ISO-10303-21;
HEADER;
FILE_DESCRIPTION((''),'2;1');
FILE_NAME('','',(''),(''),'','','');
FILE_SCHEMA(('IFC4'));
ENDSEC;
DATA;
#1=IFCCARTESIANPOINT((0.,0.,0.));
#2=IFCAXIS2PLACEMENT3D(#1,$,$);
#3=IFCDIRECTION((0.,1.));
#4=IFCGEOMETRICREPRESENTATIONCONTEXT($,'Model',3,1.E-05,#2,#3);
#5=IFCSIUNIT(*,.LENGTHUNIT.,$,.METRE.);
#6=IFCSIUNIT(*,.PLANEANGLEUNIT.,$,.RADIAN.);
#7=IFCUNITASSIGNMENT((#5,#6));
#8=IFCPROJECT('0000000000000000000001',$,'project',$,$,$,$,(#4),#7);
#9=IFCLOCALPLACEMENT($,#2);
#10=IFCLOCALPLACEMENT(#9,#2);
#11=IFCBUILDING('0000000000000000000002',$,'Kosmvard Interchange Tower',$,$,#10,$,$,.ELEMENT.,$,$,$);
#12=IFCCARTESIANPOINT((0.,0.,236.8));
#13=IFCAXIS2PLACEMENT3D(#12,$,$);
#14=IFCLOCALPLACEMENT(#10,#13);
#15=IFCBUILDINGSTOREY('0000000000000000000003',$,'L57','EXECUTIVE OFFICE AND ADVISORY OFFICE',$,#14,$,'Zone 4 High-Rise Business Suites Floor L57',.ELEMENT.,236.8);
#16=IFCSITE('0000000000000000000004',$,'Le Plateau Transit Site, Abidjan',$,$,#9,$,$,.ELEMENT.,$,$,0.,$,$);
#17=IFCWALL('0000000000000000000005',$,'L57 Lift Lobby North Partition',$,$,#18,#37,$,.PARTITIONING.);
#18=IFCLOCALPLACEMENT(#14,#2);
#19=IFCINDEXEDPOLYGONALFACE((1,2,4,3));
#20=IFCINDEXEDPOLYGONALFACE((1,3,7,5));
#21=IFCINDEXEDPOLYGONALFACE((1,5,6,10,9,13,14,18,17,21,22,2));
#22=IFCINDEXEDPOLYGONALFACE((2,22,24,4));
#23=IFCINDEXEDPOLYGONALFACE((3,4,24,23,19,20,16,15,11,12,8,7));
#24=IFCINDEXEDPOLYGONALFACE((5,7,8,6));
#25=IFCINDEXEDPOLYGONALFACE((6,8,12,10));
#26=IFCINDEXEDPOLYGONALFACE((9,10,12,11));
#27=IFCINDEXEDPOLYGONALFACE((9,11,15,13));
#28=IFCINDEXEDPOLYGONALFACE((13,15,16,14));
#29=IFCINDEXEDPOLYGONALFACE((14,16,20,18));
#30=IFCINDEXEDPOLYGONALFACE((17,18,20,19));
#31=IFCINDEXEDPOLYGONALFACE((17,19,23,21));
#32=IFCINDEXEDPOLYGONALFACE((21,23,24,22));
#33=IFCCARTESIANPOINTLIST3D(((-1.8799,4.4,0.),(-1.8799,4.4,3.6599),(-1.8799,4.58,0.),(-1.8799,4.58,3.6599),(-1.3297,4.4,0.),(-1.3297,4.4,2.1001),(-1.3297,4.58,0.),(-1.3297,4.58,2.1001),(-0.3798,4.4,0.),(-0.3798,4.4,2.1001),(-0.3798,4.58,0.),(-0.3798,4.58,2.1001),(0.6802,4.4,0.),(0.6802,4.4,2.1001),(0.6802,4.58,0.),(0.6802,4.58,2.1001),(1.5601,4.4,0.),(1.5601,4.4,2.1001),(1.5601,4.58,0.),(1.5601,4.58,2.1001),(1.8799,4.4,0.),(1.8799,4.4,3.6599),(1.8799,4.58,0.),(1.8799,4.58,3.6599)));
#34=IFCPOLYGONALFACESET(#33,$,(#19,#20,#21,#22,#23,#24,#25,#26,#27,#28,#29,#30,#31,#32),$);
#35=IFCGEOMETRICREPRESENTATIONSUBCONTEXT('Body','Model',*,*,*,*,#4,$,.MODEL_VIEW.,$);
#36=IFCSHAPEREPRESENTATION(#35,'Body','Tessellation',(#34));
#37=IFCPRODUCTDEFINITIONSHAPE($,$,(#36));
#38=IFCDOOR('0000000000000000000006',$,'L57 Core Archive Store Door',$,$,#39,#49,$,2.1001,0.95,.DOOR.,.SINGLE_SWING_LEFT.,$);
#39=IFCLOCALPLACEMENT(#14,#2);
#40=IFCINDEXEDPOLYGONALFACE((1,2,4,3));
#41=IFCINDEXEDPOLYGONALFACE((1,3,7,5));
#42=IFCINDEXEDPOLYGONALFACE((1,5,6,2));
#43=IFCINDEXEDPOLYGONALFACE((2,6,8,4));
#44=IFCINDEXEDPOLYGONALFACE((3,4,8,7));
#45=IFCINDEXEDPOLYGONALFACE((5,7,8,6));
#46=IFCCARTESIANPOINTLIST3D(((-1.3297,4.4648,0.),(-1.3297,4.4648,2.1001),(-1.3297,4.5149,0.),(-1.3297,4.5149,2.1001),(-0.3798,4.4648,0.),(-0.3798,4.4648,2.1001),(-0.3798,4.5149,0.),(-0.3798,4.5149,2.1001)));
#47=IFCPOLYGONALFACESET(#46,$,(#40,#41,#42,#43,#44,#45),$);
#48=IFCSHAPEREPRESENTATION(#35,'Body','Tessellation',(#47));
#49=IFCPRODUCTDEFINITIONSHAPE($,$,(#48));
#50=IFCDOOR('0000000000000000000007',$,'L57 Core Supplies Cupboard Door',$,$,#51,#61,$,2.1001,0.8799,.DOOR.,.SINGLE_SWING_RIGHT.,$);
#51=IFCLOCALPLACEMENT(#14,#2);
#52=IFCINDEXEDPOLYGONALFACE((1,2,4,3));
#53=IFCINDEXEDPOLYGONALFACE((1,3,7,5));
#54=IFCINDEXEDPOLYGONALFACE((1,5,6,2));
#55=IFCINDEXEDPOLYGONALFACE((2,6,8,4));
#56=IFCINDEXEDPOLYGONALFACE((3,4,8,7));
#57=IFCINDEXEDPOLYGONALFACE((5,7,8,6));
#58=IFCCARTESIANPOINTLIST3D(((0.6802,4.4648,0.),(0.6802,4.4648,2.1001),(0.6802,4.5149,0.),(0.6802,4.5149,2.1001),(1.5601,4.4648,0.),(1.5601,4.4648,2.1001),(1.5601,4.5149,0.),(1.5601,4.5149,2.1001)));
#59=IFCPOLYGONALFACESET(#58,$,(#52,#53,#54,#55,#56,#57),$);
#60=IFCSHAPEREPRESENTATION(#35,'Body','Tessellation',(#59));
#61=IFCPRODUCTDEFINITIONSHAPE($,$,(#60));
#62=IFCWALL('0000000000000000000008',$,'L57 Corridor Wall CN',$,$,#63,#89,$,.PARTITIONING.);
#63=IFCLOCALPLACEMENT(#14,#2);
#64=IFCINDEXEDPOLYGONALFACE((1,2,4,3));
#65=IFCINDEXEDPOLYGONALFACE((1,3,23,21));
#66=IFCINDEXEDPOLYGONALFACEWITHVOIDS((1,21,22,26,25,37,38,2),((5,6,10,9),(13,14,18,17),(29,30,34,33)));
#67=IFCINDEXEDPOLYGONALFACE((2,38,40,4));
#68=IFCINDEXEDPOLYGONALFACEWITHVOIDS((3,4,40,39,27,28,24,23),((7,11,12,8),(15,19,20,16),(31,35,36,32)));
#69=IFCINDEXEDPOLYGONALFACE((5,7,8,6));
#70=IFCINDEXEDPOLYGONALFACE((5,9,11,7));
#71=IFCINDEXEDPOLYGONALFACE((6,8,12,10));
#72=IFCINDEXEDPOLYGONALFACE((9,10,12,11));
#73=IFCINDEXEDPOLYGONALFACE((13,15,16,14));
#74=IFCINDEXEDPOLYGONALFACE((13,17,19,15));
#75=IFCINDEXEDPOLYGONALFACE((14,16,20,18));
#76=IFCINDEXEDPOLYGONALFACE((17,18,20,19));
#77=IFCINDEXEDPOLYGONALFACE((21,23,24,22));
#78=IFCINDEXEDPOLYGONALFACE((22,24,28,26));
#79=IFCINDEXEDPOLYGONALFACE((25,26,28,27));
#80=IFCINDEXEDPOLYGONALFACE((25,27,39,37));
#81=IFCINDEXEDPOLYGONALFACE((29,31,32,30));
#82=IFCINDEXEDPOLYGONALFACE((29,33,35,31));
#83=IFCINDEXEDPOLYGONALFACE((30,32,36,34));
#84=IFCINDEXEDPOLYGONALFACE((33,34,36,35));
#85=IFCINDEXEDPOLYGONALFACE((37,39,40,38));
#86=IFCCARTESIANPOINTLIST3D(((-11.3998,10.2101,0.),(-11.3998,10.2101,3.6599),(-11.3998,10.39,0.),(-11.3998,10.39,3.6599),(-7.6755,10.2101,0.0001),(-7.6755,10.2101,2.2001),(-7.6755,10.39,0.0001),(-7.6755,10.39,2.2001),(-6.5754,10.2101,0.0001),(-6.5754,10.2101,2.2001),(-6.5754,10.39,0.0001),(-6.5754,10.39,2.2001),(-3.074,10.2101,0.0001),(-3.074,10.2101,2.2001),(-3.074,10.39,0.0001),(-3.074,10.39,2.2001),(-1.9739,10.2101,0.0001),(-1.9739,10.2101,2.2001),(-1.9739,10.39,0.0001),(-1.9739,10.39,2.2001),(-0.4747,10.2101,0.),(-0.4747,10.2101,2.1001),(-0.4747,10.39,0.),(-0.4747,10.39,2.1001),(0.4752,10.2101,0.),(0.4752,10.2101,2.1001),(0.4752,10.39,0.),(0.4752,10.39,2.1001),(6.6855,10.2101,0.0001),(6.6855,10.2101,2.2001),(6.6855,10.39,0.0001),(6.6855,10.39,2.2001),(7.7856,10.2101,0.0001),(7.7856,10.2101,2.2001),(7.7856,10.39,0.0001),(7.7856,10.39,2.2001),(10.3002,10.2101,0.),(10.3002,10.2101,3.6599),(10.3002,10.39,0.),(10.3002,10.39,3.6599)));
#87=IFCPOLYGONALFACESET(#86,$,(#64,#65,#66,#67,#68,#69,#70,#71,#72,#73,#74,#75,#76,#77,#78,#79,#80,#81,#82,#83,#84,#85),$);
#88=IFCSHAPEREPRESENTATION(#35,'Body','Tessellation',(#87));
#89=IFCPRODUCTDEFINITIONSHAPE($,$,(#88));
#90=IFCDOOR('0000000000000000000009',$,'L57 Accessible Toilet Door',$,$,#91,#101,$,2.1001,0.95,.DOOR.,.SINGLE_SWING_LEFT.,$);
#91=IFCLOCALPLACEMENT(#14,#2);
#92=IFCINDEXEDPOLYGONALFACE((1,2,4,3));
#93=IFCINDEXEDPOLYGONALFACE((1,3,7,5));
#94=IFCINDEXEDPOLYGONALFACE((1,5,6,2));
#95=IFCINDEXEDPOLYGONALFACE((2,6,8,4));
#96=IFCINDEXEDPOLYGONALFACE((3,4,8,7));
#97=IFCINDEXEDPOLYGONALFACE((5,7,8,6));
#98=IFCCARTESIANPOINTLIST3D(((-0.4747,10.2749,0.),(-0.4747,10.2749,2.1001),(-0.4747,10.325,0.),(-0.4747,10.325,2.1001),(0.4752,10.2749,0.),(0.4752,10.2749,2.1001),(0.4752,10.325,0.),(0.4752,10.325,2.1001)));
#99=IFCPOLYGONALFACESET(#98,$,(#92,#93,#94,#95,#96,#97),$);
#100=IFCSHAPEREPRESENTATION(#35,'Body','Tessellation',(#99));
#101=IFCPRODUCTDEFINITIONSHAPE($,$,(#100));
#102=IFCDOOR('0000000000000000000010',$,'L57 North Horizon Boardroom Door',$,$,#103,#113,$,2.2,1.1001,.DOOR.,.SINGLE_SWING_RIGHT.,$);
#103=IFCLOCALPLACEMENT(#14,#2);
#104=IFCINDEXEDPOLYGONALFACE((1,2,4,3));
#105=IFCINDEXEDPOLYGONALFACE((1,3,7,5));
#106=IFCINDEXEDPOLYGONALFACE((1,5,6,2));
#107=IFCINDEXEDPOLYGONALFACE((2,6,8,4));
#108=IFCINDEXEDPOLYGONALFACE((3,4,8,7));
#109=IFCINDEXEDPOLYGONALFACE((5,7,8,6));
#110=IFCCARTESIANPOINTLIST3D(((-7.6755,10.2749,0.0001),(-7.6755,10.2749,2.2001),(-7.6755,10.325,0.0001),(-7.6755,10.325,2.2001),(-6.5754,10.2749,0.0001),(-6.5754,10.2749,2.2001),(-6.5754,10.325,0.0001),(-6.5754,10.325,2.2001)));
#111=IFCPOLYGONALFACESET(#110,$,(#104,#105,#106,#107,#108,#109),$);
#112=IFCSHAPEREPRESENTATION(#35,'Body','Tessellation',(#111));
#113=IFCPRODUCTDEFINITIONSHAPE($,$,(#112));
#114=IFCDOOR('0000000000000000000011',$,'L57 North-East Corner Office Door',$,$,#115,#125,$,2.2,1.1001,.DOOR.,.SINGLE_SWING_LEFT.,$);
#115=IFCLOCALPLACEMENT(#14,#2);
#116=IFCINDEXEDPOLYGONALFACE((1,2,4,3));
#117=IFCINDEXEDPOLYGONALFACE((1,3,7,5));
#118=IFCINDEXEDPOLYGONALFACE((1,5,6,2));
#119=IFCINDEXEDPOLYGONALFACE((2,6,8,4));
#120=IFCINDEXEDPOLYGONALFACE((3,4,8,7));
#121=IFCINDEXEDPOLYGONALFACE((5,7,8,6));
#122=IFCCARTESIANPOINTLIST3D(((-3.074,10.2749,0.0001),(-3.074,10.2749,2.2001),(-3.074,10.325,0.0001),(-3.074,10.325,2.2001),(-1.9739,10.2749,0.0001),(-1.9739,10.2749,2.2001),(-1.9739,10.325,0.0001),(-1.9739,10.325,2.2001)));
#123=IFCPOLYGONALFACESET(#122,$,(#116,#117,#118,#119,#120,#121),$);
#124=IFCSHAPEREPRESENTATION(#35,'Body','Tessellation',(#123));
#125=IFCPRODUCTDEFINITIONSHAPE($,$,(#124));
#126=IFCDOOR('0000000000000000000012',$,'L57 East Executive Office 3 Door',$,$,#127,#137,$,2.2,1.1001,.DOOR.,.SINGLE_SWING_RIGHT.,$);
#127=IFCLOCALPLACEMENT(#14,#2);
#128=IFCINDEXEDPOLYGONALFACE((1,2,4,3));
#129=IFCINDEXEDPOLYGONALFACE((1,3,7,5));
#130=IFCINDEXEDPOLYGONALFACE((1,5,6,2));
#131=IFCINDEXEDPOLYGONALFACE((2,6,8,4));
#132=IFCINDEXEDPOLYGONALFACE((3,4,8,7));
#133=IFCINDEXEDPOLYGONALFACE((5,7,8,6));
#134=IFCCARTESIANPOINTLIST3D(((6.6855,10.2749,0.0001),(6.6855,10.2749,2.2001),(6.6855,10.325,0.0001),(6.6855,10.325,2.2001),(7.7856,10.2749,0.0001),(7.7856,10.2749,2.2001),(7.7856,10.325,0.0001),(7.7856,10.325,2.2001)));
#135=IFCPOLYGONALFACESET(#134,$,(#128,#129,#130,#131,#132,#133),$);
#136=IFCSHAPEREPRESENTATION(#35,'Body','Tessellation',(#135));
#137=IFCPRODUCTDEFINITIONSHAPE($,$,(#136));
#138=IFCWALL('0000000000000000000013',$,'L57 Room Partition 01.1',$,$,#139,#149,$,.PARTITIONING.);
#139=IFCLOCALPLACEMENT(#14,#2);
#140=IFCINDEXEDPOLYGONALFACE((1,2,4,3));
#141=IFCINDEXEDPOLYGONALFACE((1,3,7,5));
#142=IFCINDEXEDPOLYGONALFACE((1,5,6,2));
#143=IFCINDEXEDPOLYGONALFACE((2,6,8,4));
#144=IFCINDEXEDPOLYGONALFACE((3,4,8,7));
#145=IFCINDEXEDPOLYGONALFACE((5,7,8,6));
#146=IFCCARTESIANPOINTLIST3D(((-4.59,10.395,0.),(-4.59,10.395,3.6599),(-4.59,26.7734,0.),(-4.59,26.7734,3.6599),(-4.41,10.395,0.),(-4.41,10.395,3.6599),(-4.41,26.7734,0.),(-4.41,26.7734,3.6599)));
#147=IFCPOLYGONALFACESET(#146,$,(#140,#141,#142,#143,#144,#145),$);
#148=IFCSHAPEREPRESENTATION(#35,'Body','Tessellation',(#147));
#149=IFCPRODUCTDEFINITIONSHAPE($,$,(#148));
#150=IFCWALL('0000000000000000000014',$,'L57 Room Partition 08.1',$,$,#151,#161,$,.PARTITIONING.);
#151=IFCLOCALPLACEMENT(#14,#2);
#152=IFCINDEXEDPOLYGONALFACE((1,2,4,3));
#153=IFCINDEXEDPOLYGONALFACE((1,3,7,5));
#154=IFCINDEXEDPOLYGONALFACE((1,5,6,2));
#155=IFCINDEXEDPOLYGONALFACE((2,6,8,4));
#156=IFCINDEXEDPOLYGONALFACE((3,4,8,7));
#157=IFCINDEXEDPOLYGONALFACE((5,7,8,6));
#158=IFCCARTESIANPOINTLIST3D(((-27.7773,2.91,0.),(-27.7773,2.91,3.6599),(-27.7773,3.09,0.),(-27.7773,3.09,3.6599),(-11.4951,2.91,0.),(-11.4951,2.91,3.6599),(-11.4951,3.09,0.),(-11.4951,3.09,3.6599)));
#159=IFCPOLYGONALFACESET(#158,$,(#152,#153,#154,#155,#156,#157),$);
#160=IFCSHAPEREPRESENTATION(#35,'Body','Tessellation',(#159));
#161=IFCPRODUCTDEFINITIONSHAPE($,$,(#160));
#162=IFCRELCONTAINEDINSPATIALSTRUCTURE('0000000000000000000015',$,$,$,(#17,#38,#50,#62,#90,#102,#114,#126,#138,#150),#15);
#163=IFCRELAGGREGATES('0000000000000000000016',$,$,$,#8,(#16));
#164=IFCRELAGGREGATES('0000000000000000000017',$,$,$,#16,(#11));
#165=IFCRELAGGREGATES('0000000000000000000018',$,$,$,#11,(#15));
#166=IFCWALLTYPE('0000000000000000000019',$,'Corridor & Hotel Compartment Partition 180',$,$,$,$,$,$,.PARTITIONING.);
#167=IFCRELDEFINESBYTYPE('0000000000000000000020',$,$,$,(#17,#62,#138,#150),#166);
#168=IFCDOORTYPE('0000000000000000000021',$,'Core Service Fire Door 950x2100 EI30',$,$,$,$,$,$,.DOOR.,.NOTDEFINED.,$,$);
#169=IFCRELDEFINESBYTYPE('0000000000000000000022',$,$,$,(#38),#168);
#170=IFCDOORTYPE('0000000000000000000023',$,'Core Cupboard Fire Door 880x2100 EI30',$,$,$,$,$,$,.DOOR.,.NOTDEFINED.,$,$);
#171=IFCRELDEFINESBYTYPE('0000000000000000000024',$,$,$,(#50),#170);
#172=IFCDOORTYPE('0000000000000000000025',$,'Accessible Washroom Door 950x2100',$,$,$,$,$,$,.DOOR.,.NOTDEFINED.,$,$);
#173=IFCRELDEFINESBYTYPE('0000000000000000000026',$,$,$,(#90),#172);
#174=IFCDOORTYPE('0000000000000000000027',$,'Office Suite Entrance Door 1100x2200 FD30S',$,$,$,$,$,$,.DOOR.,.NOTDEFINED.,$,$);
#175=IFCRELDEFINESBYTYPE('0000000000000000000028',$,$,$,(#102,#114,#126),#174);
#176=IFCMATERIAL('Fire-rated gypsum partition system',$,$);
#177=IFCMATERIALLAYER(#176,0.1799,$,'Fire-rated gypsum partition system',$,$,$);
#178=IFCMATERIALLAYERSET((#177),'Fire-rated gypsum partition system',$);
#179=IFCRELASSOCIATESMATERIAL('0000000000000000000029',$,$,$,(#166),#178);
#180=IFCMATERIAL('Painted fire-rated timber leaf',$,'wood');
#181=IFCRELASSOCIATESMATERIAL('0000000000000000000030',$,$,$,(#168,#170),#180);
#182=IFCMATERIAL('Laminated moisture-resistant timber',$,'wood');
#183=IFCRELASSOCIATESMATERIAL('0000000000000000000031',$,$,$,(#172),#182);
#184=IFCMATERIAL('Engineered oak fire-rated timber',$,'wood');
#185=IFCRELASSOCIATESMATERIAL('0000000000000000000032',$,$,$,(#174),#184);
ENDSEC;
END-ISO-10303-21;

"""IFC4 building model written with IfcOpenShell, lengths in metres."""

from ifc_helpers import new_model, si_unit, direction, frame, frame_2d, origin, place, context, subcontext, project, spatial, rectangle, extrude, source, transform, mapped, material, layer, layer_set, type_object, element, fill, save


model = new_model("IFC4")

# Units and contexts
model_context = context("Model", 3, precision=1e-05, world=origin(), true_north=direction((0.0, 1.0)))
body_context = subcontext(model_context, "Body", "Model", "MODEL_VIEW")
ifc_project = project(units=[si_unit("LENGTHUNIT", "METRE"), si_unit("PLANEANGLEUNIT", "RADIAN")], contexts=[model_context])

# Site, building, storey
site_placement = place(None, origin())
site = spatial("IfcSite", under=ifc_project, at=site_placement, Name="Le Plateau Transit Site, Abidjan", CompositionType="ELEMENT", RefElevation=0.0)
building_placement = place(site_placement, origin())
building = spatial("IfcBuilding", under=site, at=building_placement, Name="Kosmvard Interchange Tower", CompositionType="ELEMENT")
storey_placement = place(building_placement, frame((0.0, 0.0, 236.8)))
storey = spatial("IfcBuildingStorey", under=building, at=storey_placement, Name="L57", Description="EXECUTIVE OFFICE AND ADVISORY OFFICE", LongName="Zone 4 High-Rise Business Suites Floor L57", CompositionType="ELEMENT", Elevation=236.8)

# Shared definitions
ifc_material_1 = material(Name="Fire-rated gypsum partition system")

# Walls, openings, doors
ifc_layer_1 = layer(ifc_material_1, 0.1799, Name="Fire-rated gypsum partition system")
ifc_layer_set_1 = layer_set([ifc_layer_1], Name="Fire-rated gypsum partition system")
wall_type_1 = type_object("IfcWallType", Name="Corridor & Hotel Compartment Partition 180", PredefinedType="PARTITIONING", material=ifc_layer_set_1)
wall_1_placement = place(storey_placement, frame((-1.8799, 4.49, 0.0), z_axis=(0.0, 0.0, 1.0), x_axis=(1.0, 0.0, 0.0)))
wall_1 = element("IfcWall", 1, at=wall_1_placement, inside=storey, type_object=wall_type_1, Name="L57 Lift Lobby North Partition", PredefinedType="PARTITIONING", context=body_context, shape_type="SweptSolid", body=[
    extrude(rectangle(XDim=3.7598, YDim=0.1799, at=frame_2d((1.8799, 0.0))), origin(), (0.0, 0.0, 1.0), 3.6599),
])
opening_1_placement = place(wall_1_placement, frame((0.55, 0.0, 0.0)))
opening_1 = element("IfcOpeningElement", 2, at=opening_1_placement, cuts=wall_1, PredefinedType="OPENING", context=body_context, shape_type="SweptSolid", body=[
    extrude(rectangle(XDim=0.95, YDim=2.1001, at=frame_2d((0.4751, 1.05))), frame((0.0, 0.1001, 0.0), z_axis=(0.0, -1.0, 0.0), x_axis=(1.0, 0.0, 0.0)), (0.0, 0.0, 1.0), 0.2),
])
opening_2_placement = place(wall_1_placement, frame((2.5601, 0.0, 0.0)))
opening_2 = element("IfcOpeningElement", 3, at=opening_2_placement, cuts=wall_1, PredefinedType="OPENING", context=body_context, shape_type="SweptSolid", body=[
    extrude(rectangle(XDim=0.8799, YDim=2.1001, at=frame_2d((0.4399, 1.05))), frame((0.0, 0.1001, 0.0), z_axis=(0.0, -1.0, 0.0), x_axis=(1.0, 0.0, 0.0)), (0.0, 0.0, 1.0), 0.2),
])
ifc_material_2 = material(Name="Painted fire-rated timber leaf", Category="wood")
door_type_1 = type_object("IfcDoorType", Name="Core Service Fire Door 950x2100 EI30", OperationType="NOTDEFINED", PredefinedType="DOOR", material=ifc_material_2)
shared_shape_1 = source(origin(), body_context, "Body", "SweptSolid", [
    extrude(rectangle(XDim=0.95, YDim=2.1001, at=frame_2d((0.4751, 1.05))), frame((0.0, 0.0249, 0.0), z_axis=(0.0, -1.0, 0.0), x_axis=(1.0, 0.0, 0.0)), (0.0, 0.0, 1.0), 0.05),
])
door_1_placement = place(opening_1_placement, origin())
door_1 = element("IfcDoor", 4, at=door_1_placement, inside=storey, type_object=door_type_1, Name="L57 Core Archive Store Door", OperationType="SINGLE_SWING_LEFT", OverallHeight=2.1001, OverallWidth=0.95, PredefinedType="DOOR", context=body_context, shape_type="MappedRepresentation", body=[
    mapped(shared_shape_1, transform((0.0, 0.0, 0.0), scale=1.0)),
])
fill(opening_1, door_1)
door_type_2 = type_object("IfcDoorType", Name="Core Cupboard Fire Door 880x2100 EI30", OperationType="NOTDEFINED", PredefinedType="DOOR", material=ifc_material_2)
shared_shape_2 = source(origin(), body_context, "Body", "SweptSolid", [
    extrude(rectangle(XDim=0.8799, YDim=2.1001, at=frame_2d((0.4399, 1.05))), frame((0.0, 0.0249, 0.0), z_axis=(0.0, -1.0, 0.0), x_axis=(1.0, 0.0, 0.0)), (0.0, 0.0, 1.0), 0.05),
])
door_2_placement = place(opening_2_placement, origin())
door_2 = element("IfcDoor", 5, at=door_2_placement, inside=storey, type_object=door_type_2, Name="L57 Core Supplies Cupboard Door", OperationType="SINGLE_SWING_RIGHT", OverallHeight=2.1001, OverallWidth=0.8799, PredefinedType="DOOR", context=body_context, shape_type="MappedRepresentation", body=[
    mapped(shared_shape_2, transform((0.0, 0.0, 0.0), scale=1.0)),
])
fill(opening_2, door_2)
wall_2_placement = place(storey_placement, frame((-11.3999, 10.3, 0.0), z_axis=(0.0, 0.0, 1.0), x_axis=(1.0, 0.0, 0.0)))
wall_2 = element("IfcWall", 6, at=wall_2_placement, inside=storey, type_object=wall_type_1, Name="L57 Corridor Wall CN", PredefinedType="PARTITIONING", context=body_context, shape_type="SweptSolid", body=[
    extrude(rectangle(XDim=21.7, YDim=0.1799, at=frame_2d((10.8501, 0.0))), origin(), (0.0, 0.0, 1.0), 3.6599),
])
opening_3_placement = place(wall_2_placement, frame((10.925, 0.0, 0.0)))
opening_3 = element("IfcOpeningElement", 7, at=opening_3_placement, cuts=wall_2, PredefinedType="OPENING", context=body_context, shape_type="SweptSolid", body=[
    extrude(rectangle(XDim=0.95, YDim=2.1001, at=frame_2d((0.4751, 1.05))), frame((0.0, 0.1001, 0.0), z_axis=(0.0, -1.0, 0.0), x_axis=(1.0, 0.0, 0.0)), (0.0, 0.0, 1.0), 0.2),
])
opening_4_placement = place(wall_2_placement, frame((3.7244, 0.0, 0.0)))
opening_4 = element("IfcOpeningElement", 8, at=opening_4_placement, cuts=wall_2, PredefinedType="OPENING", context=body_context, shape_type="SweptSolid", body=[
    extrude(rectangle(XDim=1.1001, YDim=2.2, at=frame_2d((0.55, 1.1001))), frame((0.0, 0.1001, 0.0), z_axis=(0.0, -1.0, 0.0), x_axis=(1.0, 0.0, 0.0)), (0.0, 0.0, 1.0), 0.2),
])
opening_5_placement = place(wall_2_placement, frame((8.3259, 0.0, 0.0)))
opening_5 = element("IfcOpeningElement", 9, at=opening_5_placement, cuts=wall_2, PredefinedType="OPENING", context=body_context, shape_type="SweptSolid", body=[
    extrude(rectangle(XDim=1.1001, YDim=2.2, at=frame_2d((0.55, 1.1001))), frame((0.0, 0.1001, 0.0), z_axis=(0.0, -1.0, 0.0), x_axis=(1.0, 0.0, 0.0)), (0.0, 0.0, 1.0), 0.2),
])
opening_6_placement = place(wall_2_placement, frame((18.0854, 0.0, 0.0)))
opening_6 = element("IfcOpeningElement", 10, at=opening_6_placement, cuts=wall_2, PredefinedType="OPENING", context=body_context, shape_type="SweptSolid", body=[
    extrude(rectangle(XDim=1.1001, YDim=2.2, at=frame_2d((0.55, 1.1001))), frame((0.0, 0.1001, 0.0), z_axis=(0.0, -1.0, 0.0), x_axis=(1.0, 0.0, 0.0)), (0.0, 0.0, 1.0), 0.2),
])
ifc_material_3 = material(Name="Laminated moisture-resistant timber", Category="wood")
door_type_3 = type_object("IfcDoorType", Name="Accessible Washroom Door 950x2100", OperationType="NOTDEFINED", PredefinedType="DOOR", material=ifc_material_3)
door_3_placement = place(opening_3_placement, origin())
door_3 = element("IfcDoor", 11, at=door_3_placement, inside=storey, type_object=door_type_3, Name="L57 Accessible Toilet Door", OperationType="SINGLE_SWING_LEFT", OverallHeight=2.1001, OverallWidth=0.95, PredefinedType="DOOR", context=body_context, shape_type="MappedRepresentation", body=[
    mapped(shared_shape_1, transform((0.0, 0.0, 0.0), scale=1.0)),
])
fill(opening_3, door_3)
ifc_material_4 = material(Name="Engineered oak fire-rated timber", Category="wood")
door_type_4 = type_object("IfcDoorType", Name="Office Suite Entrance Door 1100x2200 FD30S", OperationType="NOTDEFINED", PredefinedType="DOOR", material=ifc_material_4)
shared_shape_3 = source(origin(), body_context, "Body", "SweptSolid", [
    extrude(rectangle(XDim=1.1001, YDim=2.2, at=frame_2d((0.55, 1.1001))), frame((0.0, 0.0249, 0.0), z_axis=(0.0, -1.0, 0.0), x_axis=(1.0, 0.0, 0.0)), (0.0, 0.0, 1.0), 0.05),
])
door_4_placement = place(opening_4_placement, origin())
door_4 = element("IfcDoor", 12, at=door_4_placement, inside=storey, type_object=door_type_4, Name="L57 North Horizon Boardroom Door", OperationType="SINGLE_SWING_RIGHT", OverallHeight=2.2, OverallWidth=1.1001, PredefinedType="DOOR", context=body_context, shape_type="MappedRepresentation", body=[
    mapped(shared_shape_3, transform((0.0, 0.0, 0.0), scale=1.0)),
])
fill(opening_4, door_4)
door_5_placement = place(opening_5_placement, origin())
door_5 = element("IfcDoor", 13, at=door_5_placement, inside=storey, type_object=door_type_4, Name="L57 North-East Corner Office Door", OperationType="SINGLE_SWING_LEFT", OverallHeight=2.2, OverallWidth=1.1001, PredefinedType="DOOR", context=body_context, shape_type="MappedRepresentation", body=[
    mapped(shared_shape_3, transform((0.0, 0.0, 0.0), scale=1.0)),
])
fill(opening_5, door_5)
door_6_placement = place(opening_6_placement, origin())
door_6 = element("IfcDoor", 14, at=door_6_placement, inside=storey, type_object=door_type_4, Name="L57 East Executive Office 3 Door", OperationType="SINGLE_SWING_RIGHT", OverallHeight=2.2, OverallWidth=1.1001, PredefinedType="DOOR", context=body_context, shape_type="MappedRepresentation", body=[
    mapped(shared_shape_3, transform((0.0, 0.0, 0.0), scale=1.0)),
])
fill(opening_6, door_6)

# Walls
wall_3_placement = place(storey_placement, frame((-4.5, 10.395, 0.0), z_axis=(0.0, 0.0, 1.0), x_axis=(0.0, 1.0, 0.0)))
element("IfcWall", 15, at=wall_3_placement, inside=storey, type_object=wall_type_1, Name="L57 Room Partition 01.1", PredefinedType="PARTITIONING", context=body_context, shape_type="SweptSolid", body=[
    extrude(rectangle(XDim=16.3784, YDim=0.1799, at=frame_2d((8.1892, 0.0))), origin(), (0.0, 0.0, 1.0), 3.6599),
])
wall_4_placement = place(storey_placement, frame((-11.4951, 3.0, 0.0), z_axis=(0.0, 0.0, 1.0), x_axis=(-1.0, 0.0, 0.0)))
element("IfcWall", 16, at=wall_4_placement, inside=storey, type_object=wall_type_1, Name="L57 Room Partition 08.1", PredefinedType="PARTITIONING", context=body_context, shape_type="SweptSolid", body=[
    extrude(rectangle(XDim=16.2822, YDim=0.1799, at=frame_2d((8.1411, 0.0))), origin(), (0.0, 0.0, 1.0), 3.6599),
])

save(model, "model.ifc")
